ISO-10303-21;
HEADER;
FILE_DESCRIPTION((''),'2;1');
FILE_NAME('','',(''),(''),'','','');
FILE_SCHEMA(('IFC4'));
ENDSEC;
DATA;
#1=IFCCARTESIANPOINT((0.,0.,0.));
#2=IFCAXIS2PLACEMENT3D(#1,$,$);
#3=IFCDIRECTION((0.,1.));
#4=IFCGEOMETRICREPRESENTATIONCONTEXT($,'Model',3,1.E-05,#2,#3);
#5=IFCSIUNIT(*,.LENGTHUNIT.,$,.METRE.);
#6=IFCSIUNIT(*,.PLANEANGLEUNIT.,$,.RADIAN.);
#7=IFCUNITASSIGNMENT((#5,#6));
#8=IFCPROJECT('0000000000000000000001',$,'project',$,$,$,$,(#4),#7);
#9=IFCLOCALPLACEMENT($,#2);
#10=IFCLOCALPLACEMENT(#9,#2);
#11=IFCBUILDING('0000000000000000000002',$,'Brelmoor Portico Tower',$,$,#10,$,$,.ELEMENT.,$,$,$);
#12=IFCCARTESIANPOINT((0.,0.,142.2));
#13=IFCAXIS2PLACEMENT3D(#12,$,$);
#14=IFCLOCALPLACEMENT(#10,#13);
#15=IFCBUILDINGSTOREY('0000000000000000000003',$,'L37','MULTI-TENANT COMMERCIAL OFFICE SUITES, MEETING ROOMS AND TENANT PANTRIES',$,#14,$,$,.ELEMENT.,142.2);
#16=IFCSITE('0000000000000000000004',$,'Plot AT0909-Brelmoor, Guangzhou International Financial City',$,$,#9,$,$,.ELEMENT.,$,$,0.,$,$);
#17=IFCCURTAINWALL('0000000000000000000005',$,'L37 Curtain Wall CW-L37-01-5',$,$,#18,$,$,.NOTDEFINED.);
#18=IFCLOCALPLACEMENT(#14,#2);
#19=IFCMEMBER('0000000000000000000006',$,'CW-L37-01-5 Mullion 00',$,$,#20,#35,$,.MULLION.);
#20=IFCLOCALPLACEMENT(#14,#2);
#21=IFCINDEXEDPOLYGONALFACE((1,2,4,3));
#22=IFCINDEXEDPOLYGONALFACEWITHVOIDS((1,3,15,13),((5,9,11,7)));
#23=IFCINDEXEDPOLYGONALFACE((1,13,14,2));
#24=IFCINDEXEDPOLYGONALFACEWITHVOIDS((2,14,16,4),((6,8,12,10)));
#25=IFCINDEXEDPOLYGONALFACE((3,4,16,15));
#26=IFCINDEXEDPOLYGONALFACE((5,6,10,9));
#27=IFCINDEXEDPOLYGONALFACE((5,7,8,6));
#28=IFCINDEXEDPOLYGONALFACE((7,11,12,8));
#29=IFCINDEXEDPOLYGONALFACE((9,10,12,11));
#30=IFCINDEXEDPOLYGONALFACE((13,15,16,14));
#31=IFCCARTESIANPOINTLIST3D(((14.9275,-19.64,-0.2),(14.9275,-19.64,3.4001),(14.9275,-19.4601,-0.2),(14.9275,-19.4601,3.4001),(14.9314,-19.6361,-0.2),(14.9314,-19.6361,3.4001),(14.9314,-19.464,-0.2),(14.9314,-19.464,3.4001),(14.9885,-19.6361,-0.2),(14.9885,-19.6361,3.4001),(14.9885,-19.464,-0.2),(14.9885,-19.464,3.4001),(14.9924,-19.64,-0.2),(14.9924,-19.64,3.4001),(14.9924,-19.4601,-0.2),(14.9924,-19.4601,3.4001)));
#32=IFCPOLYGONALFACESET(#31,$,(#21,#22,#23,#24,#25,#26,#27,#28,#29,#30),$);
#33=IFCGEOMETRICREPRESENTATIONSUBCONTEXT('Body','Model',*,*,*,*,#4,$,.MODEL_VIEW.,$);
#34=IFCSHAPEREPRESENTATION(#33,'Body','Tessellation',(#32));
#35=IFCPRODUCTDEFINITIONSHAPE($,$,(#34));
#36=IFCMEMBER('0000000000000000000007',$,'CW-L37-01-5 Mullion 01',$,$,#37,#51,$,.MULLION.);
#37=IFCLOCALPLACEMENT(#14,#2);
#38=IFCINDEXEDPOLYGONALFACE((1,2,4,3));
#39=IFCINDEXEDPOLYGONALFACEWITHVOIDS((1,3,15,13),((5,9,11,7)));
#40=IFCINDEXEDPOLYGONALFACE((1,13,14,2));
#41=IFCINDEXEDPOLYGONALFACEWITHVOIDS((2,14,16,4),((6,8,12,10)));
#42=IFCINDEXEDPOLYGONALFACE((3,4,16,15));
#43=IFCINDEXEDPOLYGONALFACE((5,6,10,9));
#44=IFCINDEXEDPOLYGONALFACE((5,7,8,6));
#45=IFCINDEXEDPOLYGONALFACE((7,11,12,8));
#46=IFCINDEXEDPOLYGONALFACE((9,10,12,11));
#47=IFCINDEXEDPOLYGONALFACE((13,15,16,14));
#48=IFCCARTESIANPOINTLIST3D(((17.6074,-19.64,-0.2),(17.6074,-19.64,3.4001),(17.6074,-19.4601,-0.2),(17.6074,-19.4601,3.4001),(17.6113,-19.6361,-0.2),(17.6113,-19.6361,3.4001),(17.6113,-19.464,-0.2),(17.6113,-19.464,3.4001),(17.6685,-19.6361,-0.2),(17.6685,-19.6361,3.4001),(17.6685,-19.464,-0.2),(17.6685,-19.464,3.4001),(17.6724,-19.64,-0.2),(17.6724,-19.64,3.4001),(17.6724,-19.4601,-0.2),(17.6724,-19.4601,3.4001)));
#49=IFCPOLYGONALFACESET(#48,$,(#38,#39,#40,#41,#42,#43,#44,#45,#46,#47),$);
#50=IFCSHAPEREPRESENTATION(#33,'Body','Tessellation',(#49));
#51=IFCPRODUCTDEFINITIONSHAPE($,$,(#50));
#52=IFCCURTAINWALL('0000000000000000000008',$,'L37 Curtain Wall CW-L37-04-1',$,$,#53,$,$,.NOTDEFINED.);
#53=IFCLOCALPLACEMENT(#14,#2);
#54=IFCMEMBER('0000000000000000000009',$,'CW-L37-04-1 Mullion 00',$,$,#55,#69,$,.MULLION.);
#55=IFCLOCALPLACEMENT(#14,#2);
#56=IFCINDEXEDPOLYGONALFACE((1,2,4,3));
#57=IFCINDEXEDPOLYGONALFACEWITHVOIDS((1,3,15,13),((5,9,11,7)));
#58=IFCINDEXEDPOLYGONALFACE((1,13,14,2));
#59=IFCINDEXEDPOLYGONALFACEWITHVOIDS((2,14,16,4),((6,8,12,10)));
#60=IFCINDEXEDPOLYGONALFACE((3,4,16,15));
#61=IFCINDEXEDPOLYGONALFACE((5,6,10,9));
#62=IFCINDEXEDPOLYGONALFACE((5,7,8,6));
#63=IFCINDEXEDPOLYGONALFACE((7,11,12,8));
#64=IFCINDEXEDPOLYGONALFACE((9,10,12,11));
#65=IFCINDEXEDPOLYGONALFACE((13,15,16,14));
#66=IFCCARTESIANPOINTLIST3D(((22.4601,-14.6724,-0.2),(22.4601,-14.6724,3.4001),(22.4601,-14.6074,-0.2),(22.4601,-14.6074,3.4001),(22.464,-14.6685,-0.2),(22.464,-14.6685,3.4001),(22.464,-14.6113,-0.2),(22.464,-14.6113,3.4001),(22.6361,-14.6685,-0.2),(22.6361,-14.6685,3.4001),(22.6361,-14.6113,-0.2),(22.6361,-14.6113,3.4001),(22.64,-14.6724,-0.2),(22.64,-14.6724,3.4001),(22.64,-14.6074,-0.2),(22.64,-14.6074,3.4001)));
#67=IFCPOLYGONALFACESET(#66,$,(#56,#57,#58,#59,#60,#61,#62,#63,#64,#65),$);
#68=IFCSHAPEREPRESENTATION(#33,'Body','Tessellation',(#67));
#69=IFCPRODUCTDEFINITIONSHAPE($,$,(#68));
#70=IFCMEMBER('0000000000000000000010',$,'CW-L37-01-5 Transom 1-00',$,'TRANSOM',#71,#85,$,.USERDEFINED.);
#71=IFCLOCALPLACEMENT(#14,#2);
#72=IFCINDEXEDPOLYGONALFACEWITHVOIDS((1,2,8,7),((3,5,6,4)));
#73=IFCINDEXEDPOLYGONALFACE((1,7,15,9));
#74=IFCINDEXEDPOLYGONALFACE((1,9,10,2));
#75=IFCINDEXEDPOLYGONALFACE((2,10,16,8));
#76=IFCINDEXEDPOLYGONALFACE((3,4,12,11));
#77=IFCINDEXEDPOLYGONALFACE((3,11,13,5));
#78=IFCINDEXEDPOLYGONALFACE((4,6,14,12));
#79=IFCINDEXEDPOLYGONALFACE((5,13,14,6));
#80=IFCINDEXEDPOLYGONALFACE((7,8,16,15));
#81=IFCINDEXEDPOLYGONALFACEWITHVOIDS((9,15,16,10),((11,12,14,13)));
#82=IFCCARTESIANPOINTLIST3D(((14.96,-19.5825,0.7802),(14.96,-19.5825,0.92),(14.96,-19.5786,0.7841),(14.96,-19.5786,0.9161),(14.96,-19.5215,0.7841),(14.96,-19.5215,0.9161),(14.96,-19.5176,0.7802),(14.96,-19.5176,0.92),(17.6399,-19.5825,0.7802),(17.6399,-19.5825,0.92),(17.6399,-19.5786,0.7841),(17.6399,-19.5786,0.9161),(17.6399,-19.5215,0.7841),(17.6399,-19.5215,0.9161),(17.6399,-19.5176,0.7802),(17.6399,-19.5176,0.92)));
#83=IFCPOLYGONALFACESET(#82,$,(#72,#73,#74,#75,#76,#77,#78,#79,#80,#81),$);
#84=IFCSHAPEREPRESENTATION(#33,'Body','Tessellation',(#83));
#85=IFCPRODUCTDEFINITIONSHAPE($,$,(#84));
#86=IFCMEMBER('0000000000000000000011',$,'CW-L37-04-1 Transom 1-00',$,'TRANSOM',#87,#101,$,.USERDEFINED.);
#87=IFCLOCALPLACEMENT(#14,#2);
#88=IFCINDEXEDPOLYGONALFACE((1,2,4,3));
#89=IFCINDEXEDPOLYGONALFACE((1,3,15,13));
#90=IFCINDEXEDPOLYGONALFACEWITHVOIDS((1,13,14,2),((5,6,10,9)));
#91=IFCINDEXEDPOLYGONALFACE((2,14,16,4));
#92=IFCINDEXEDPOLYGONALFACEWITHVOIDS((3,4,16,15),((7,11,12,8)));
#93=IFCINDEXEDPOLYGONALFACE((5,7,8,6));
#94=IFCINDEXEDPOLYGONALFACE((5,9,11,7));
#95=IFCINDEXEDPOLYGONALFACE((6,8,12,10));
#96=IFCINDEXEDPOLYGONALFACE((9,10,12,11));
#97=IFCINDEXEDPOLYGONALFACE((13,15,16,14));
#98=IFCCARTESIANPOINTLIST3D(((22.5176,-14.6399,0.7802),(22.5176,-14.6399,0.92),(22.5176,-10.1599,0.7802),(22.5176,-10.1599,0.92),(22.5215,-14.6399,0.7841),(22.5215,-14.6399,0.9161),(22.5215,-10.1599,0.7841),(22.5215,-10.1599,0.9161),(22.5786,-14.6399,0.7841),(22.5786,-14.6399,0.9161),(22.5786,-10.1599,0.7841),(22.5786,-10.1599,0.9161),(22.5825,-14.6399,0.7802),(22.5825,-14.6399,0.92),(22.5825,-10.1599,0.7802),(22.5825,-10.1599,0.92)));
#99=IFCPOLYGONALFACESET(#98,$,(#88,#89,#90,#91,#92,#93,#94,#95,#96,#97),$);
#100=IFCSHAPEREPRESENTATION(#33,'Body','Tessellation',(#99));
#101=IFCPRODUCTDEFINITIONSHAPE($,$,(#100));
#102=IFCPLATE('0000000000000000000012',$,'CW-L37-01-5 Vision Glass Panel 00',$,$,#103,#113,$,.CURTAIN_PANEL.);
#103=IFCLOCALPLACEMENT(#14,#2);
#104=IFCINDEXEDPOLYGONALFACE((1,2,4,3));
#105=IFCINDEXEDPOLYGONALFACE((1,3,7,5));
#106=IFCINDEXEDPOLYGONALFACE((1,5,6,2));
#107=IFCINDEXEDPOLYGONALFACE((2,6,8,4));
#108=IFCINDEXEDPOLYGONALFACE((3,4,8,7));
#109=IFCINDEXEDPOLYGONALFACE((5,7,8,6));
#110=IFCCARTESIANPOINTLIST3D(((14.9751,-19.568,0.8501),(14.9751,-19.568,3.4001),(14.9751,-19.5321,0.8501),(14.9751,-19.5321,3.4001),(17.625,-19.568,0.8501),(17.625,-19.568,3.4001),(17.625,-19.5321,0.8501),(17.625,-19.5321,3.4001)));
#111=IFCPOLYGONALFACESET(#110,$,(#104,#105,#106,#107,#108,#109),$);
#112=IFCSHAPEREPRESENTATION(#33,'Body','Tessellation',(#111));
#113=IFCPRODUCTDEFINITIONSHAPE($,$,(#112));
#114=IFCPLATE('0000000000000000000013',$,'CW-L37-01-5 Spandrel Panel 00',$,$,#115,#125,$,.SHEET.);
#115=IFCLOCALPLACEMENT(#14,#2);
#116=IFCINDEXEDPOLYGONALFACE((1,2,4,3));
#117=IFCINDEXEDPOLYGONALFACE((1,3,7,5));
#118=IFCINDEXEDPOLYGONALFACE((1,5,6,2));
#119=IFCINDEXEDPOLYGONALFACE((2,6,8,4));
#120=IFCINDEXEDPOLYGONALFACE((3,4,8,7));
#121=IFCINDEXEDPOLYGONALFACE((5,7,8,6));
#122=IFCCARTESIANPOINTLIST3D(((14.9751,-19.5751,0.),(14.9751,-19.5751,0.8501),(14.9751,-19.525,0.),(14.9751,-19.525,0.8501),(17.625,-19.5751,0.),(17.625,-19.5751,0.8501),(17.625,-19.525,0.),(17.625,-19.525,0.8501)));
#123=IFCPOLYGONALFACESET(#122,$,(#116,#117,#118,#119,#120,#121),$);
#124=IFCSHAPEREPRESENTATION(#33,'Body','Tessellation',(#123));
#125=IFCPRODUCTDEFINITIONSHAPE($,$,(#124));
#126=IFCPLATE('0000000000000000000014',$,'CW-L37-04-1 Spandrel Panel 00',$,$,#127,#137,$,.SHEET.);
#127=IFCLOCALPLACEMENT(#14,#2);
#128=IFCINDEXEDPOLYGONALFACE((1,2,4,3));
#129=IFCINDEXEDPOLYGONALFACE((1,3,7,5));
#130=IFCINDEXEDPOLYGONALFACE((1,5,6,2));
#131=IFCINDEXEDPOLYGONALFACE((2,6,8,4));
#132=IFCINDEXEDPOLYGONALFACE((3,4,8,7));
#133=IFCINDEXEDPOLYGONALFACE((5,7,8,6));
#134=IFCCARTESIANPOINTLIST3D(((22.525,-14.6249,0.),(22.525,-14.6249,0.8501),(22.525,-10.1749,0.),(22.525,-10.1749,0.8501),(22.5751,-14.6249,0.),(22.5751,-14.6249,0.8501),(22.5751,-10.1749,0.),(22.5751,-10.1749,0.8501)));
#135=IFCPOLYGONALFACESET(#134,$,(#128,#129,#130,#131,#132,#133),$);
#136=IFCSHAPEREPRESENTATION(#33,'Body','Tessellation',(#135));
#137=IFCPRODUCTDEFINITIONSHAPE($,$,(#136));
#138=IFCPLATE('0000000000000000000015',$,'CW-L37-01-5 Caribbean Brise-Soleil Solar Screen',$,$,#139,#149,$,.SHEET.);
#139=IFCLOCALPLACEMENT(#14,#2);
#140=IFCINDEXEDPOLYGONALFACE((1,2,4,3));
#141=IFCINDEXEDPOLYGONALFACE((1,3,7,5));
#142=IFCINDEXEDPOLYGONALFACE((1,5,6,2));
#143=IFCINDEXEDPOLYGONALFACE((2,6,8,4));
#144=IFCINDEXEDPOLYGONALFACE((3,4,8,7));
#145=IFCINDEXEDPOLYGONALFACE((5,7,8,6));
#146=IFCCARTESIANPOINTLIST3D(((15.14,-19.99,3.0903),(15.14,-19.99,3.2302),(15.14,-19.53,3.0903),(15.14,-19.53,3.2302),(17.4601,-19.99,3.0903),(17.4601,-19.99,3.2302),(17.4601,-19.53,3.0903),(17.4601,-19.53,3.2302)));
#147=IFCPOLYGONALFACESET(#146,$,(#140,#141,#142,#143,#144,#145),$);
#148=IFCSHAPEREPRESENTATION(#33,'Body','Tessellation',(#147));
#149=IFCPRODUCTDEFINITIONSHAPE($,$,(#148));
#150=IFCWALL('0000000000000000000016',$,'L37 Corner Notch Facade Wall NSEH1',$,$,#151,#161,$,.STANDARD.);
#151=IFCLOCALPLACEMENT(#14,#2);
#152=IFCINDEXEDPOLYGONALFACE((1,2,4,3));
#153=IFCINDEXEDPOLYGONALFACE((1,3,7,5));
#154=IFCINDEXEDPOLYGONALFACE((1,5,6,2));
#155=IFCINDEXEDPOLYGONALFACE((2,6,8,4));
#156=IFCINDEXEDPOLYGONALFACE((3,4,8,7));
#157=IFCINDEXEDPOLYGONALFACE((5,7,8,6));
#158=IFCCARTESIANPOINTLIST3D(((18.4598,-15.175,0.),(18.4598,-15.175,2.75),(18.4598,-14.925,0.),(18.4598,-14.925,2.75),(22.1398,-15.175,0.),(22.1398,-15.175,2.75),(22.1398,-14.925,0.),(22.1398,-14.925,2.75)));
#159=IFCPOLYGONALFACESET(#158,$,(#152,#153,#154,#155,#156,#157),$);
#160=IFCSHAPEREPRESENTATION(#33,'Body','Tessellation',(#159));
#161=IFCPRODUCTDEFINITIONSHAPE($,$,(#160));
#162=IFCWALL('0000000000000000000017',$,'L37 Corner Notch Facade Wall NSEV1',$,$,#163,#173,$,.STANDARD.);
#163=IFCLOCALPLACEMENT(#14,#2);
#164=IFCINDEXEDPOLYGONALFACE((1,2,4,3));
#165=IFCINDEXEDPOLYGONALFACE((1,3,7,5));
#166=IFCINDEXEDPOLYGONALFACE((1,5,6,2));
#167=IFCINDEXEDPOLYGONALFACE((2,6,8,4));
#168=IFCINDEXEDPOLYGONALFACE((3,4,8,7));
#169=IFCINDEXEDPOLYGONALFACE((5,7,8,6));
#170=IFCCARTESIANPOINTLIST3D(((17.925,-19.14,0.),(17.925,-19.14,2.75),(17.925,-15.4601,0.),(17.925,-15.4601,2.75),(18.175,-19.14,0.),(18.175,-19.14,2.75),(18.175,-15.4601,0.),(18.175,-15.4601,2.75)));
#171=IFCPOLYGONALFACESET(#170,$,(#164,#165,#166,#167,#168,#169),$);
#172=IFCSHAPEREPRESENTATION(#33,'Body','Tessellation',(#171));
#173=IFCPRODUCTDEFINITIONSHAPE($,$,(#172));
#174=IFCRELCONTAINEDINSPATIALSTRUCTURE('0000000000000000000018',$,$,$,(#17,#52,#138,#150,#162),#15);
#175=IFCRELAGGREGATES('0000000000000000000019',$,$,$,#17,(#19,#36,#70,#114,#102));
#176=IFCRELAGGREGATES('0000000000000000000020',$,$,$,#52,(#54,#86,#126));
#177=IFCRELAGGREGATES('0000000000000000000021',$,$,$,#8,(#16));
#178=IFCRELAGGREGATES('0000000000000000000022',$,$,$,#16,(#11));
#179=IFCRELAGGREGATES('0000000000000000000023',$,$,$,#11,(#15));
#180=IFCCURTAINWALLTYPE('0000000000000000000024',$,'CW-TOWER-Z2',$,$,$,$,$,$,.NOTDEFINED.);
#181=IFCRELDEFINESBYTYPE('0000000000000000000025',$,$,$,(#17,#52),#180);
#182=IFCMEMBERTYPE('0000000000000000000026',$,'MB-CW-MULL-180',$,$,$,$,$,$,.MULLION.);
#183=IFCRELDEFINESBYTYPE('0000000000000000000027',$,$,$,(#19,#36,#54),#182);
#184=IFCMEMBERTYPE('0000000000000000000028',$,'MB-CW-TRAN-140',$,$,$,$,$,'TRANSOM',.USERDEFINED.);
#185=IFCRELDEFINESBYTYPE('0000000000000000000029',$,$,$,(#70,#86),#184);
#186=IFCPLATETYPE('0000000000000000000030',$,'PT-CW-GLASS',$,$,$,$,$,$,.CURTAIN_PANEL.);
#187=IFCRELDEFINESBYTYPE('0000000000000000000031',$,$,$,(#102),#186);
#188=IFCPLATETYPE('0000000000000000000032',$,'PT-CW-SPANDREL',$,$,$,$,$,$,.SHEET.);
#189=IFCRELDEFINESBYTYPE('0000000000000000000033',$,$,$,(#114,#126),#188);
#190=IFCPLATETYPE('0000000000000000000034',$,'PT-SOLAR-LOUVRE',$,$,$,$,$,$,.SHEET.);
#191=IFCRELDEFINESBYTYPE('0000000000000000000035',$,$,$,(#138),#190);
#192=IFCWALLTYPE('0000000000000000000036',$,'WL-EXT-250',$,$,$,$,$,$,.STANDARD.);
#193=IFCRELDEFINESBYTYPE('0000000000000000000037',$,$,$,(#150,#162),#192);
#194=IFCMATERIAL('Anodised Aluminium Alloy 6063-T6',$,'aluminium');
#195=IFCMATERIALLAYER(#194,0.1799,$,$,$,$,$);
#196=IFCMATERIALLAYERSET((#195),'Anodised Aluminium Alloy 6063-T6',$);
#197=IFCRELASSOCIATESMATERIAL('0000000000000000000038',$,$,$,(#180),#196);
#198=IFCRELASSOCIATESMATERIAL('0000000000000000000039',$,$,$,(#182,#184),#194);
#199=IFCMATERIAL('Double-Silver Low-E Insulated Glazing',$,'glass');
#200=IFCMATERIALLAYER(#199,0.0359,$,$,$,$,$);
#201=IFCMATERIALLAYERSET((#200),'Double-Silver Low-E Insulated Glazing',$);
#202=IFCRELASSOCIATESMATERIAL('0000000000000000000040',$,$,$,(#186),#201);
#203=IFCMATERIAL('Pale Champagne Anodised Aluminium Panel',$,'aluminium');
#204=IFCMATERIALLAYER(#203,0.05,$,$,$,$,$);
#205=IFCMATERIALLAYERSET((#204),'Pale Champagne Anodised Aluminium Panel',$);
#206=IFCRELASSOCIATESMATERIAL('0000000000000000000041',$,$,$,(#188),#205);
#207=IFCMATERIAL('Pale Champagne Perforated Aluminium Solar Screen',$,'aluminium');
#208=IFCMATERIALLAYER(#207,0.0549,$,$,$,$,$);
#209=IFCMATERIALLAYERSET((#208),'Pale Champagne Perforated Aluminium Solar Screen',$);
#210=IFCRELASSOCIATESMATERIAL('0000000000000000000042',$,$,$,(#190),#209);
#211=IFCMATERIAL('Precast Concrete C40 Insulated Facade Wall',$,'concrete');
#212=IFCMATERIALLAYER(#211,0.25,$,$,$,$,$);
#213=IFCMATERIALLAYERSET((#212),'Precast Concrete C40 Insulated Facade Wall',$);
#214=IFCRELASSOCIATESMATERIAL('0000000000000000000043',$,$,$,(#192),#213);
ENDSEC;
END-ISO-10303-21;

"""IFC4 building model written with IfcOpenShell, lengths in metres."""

from ifc_helpers import new_model, si_unit, direction, frame, frame_2d, origin, origin_2d, place, context, subcontext, project, spatial, rectangle, hollow_rectangle, extrude, material, layer, layer_set, material_profile, profile_set, type_object, element, aggregate, save


model = new_model("IFC4")

# Units and contexts
model_context = context("Model", 3, precision=1e-05, world=origin(), true_north=direction((0.0, 1.0)))
body_context = subcontext(model_context, "Body", "Model", "MODEL_VIEW")
ifc_project = project(units=[si_unit("LENGTHUNIT", "METRE"), si_unit("PLANEANGLEUNIT", "RADIAN")], contexts=[model_context])

# Site, building, storey
site_placement = place(None, origin())
site = spatial("IfcSite", under=ifc_project, at=site_placement, Name="Plot AT0909-Brelmoor, Guangzhou International Financial City", CompositionType="ELEMENT", RefElevation=0.0)
building_placement = place(site_placement, origin())
building = spatial("IfcBuilding", under=site, at=building_placement, Name="Brelmoor Portico Tower", CompositionType="ELEMENT")
storey_placement = place(building_placement, frame((0.0, 0.0, 142.2)))
storey = spatial("IfcBuildingStorey", under=building, at=storey_placement, Name="L37", Description="MULTI-TENANT COMMERCIAL OFFICE SUITES, MEETING ROOMS AND TENANT PANTRIES", CompositionType="ELEMENT", Elevation=142.2)

# Shared definitions
ifc_material_1 = material(Name="Anodised Aluminium Alloy 6063-T6", Category="aluminium")
ifc_layer_1 = layer(ifc_material_1, 0.1799)
ifc_layer_set_1 = layer_set([ifc_layer_1], Name="Anodised Aluminium Alloy 6063-T6")
curtain_wall_type = type_object("IfcCurtainWallType", Name="CW-TOWER-Z2", PredefinedType="NOTDEFINED", material=ifc_layer_set_1)
ifc_material_profile_1 = material_profile(ifc_material_1, hollow_rectangle(XDim=0.0649, YDim=0.1799, WallThickness=0.0039, at=origin_2d()), Name="ALU MULLION 65x180")
ifc_profile_set_1 = profile_set([ifc_material_profile_1], Name="Anodised Aluminium Alloy 6063-T6")
member_type_1 = type_object("IfcMemberType", Name="MB-CW-MULL-180", PredefinedType="MULLION", material=ifc_profile_set_1)

# Curtain wall, members
curtain_wall_1_placement = place(storey_placement, origin())
curtain_wall_1 = element("IfcCurtainWall", 1, at=curtain_wall_1_placement, inside=storey, type_object=curtain_wall_type, Name="L37 Curtain Wall CW-L37-01-5", PredefinedType="NOTDEFINED")
member_1_placement = place(storey_placement, frame((14.96, -19.55, -0.2), z_axis=(0.0, 0.0, 1.0), x_axis=(1.0, 0.0, 0.0)))
member_1 = element("IfcMember", 2, at=member_1_placement, type_object=member_type_1, Name="CW-L37-01-5 Mullion 00", PredefinedType="MULLION", context=body_context, shape_type="SweptSolid", body=[
    extrude(hollow_rectangle(XDim=0.0649, YDim=0.1799, WallThickness=0.0039, at=origin_2d()), origin(), (0.0, 0.0, 1.0), 3.6001),
])
member_2_placement = place(storey_placement, frame((17.6399, -19.55, -0.2), z_axis=(0.0, 0.0, 1.0), x_axis=(1.0, 0.0, 0.0)))
member_2 = element("IfcMember", 3, at=member_2_placement, type_object=member_type_1, Name="CW-L37-01-5 Mullion 01", PredefinedType="MULLION", context=body_context, shape_type="SweptSolid", body=[
    extrude(hollow_rectangle(XDim=0.0649, YDim=0.1799, WallThickness=0.0039, at=origin_2d()), origin(), (0.0, 0.0, 1.0), 3.6001),
])

# Curtain wall, member
curtain_wall_2_placement = place(storey_placement, origin())
curtain_wall_2 = element("IfcCurtainWall", 4, at=curtain_wall_2_placement, inside=storey, type_object=curtain_wall_type, Name="L37 Curtain Wall CW-L37-04-1", PredefinedType="NOTDEFINED")
member_3_placement = place(storey_placement, frame((22.55, -14.6399, -0.2), z_axis=(0.0, 0.0, 1.0), x_axis=(0.0, 1.0, 0.0)))
member_3 = element("IfcMember", 5, at=member_3_placement, type_object=member_type_1, Name="CW-L37-04-1 Mullion 00", PredefinedType="MULLION", context=body_context, shape_type="SweptSolid", body=[
    extrude(hollow_rectangle(XDim=0.0649, YDim=0.1799, WallThickness=0.0039, at=origin_2d()), origin(), (0.0, 0.0, 1.0), 3.6001),
])

# Members
ifc_material_profile_2 = material_profile(ifc_material_1, hollow_rectangle(XDim=0.0649, YDim=0.1399, WallThickness=0.0039, at=origin_2d()), Name="ALU TRANSOM 65x140")
ifc_profile_set_2 = profile_set([ifc_material_profile_2], Name="Anodised Aluminium Alloy 6063-T6")
member_type_2 = type_object("IfcMemberType", Name="MB-CW-TRAN-140", ElementType="TRANSOM", PredefinedType="USERDEFINED", material=ifc_profile_set_2)
member_4_placement = place(storey_placement, frame((14.96, -19.55, 0.8501), z_axis=(1.0, 0.0, 0.0), x_axis=(0.0, 1.0, 0.0)))
member_4 = element("IfcMember", 6, at=member_4_placement, type_object=member_type_2, Name="CW-L37-01-5 Transom 1-00", ObjectType="TRANSOM", PredefinedType="USERDEFINED", context=body_context, shape_type="SweptSolid", body=[
    extrude(hollow_rectangle(XDim=0.0649, YDim=0.1399, WallThickness=0.0039, at=origin_2d()), origin(), (0.0, 0.0, 1.0), 2.6799),
])
member_5_placement = place(storey_placement, frame((22.55, -14.6399, 0.8501), z_axis=(0.0, 1.0, 0.0), x_axis=(-1.0, 0.0, 0.0)))
member_5 = element("IfcMember", 7, at=member_5_placement, type_object=member_type_2, Name="CW-L37-04-1 Transom 1-00", ObjectType="TRANSOM", PredefinedType="USERDEFINED", context=body_context, shape_type="SweptSolid", body=[
    extrude(hollow_rectangle(XDim=0.0649, YDim=0.1399, WallThickness=0.0039, at=origin_2d()), origin(), (0.0, 0.0, 1.0), 4.48),
])

# Plates
ifc_material_2 = material(Name="Double-Silver Low-E Insulated Glazing", Category="glass")
ifc_layer_2 = layer(ifc_material_2, 0.0359)
ifc_layer_set_2 = layer_set([ifc_layer_2], Name="Double-Silver Low-E Insulated Glazing")
plate_type_1 = type_object("IfcPlateType", Name="PT-CW-GLASS", PredefinedType="CURTAIN_PANEL", material=ifc_layer_set_2)
plate_1_placement = place(storey_placement, frame((16.3, -19.55, 0.8501), z_axis=(0.0, 0.0, 1.0), x_axis=(1.0, 0.0, 0.0)))
plate_1 = element("IfcPlate", 8, at=plate_1_placement, type_object=plate_type_1, Name="CW-L37-01-5 Vision Glass Panel 00", PredefinedType="CURTAIN_PANEL", context=body_context, shape_type="SweptSolid", body=[
    extrude(rectangle(XDim=2.6499, YDim=0.0359, at=origin_2d()), origin(), (0.0, 0.0, 1.0), 2.55),
])
ifc_material_3 = material(Name="Pale Champagne Anodised Aluminium Panel", Category="aluminium")
ifc_layer_3 = layer(ifc_material_3, 0.05)
ifc_layer_set_3 = layer_set([ifc_layer_3], Name="Pale Champagne Anodised Aluminium Panel")
plate_type_2 = type_object("IfcPlateType", Name="PT-CW-SPANDREL", PredefinedType="SHEET", material=ifc_layer_set_3)
plate_2_placement = place(storey_placement, frame((16.3, -19.55, 0.0), z_axis=(0.0, 0.0, 1.0), x_axis=(1.0, 0.0, 0.0)))
plate_2 = element("IfcPlate", 9, at=plate_2_placement, type_object=plate_type_2, Name="CW-L37-01-5 Spandrel Panel 00", PredefinedType="SHEET", context=body_context, shape_type="SweptSolid", body=[
    extrude(rectangle(XDim=2.6499, YDim=0.05, at=origin_2d()), origin(), (0.0, 0.0, 1.0), 0.8501),
])
aggregate(curtain_wall_1, [member_1, member_2, member_4, plate_2, plate_1])
plate_3_placement = place(storey_placement, frame((22.55, -12.3999, 0.0), z_axis=(0.0, 0.0, 1.0), x_axis=(0.0, 1.0, 0.0)))
plate_3 = element("IfcPlate", 10, at=plate_3_placement, type_object=plate_type_2, Name="CW-L37-04-1 Spandrel Panel 00", PredefinedType="SHEET", context=body_context, shape_type="SweptSolid", body=[
    extrude(rectangle(XDim=4.45, YDim=0.05, at=origin_2d()), origin(), (0.0, 0.0, 1.0), 0.8501),
])
aggregate(curtain_wall_2, [member_3, member_5, plate_3])
ifc_material_4 = material(Name="Pale Champagne Perforated Aluminium Solar Screen", Category="aluminium")
ifc_layer_4 = layer(ifc_material_4, 0.0549)
ifc_layer_set_4 = layer_set([ifc_layer_4], Name="Pale Champagne Perforated Aluminium Solar Screen")
plate_type_3 = type_object("IfcPlateType", Name="PT-SOLAR-LOUVRE", PredefinedType="SHEET", material=ifc_layer_set_4)
plate_4_placement = place(storey_placement, frame((16.3, -19.76, 3.0903), z_axis=(0.0, 0.0, 1.0), x_axis=(1.0, 0.0, 0.0)))
element("IfcPlate", 11, at=plate_4_placement, inside=storey, type_object=plate_type_3, Name="CW-L37-01-5 Caribbean Brise-Soleil Solar Screen", PredefinedType="SHEET", context=body_context, shape_type="SweptSolid", body=[
    extrude(rectangle(XDim=2.3201, YDim=0.46, at=origin_2d()), origin(), (0.0, 0.0, 1.0), 0.1399),
])

# Walls
ifc_material_5 = material(Name="Precast Concrete C40 Insulated Facade Wall", Category="concrete")
ifc_layer_5 = layer(ifc_material_5, 0.25)
ifc_layer_set_5 = layer_set([ifc_layer_5], Name="Precast Concrete C40 Insulated Facade Wall")
wall_type = type_object("IfcWallType", Name="WL-EXT-250", PredefinedType="STANDARD", material=ifc_layer_set_5)
for number, where, z_axis, x_axis, name in (
    (12, (18.46, -15.05, 0.0), (0.0, 0.0, 1.0), (1.0, 0.0, 0.0), "L37 Corner Notch Facade Wall NSEH1"),
    (13, (18.05, -19.1399, 0.0), (0.0, 0.0, 1.0), (0.0, 1.0, 0.0), "L37 Corner Notch Facade Wall NSEV1"),
):
    element("IfcWall", number, at=place(storey_placement, frame(where, z_axis=z_axis, x_axis=x_axis)), inside=storey, type_object=wall_type, Name=name, PredefinedType="STANDARD", context=body_context, shape_type="SweptSolid", body=[
        extrude(rectangle(XDim=3.6799, YDim=0.25, at=frame_2d((1.8398, 0.0))), origin(), (0.0, 0.0, 1.0), 2.75),
    ])

save(model, "model.ifc")
